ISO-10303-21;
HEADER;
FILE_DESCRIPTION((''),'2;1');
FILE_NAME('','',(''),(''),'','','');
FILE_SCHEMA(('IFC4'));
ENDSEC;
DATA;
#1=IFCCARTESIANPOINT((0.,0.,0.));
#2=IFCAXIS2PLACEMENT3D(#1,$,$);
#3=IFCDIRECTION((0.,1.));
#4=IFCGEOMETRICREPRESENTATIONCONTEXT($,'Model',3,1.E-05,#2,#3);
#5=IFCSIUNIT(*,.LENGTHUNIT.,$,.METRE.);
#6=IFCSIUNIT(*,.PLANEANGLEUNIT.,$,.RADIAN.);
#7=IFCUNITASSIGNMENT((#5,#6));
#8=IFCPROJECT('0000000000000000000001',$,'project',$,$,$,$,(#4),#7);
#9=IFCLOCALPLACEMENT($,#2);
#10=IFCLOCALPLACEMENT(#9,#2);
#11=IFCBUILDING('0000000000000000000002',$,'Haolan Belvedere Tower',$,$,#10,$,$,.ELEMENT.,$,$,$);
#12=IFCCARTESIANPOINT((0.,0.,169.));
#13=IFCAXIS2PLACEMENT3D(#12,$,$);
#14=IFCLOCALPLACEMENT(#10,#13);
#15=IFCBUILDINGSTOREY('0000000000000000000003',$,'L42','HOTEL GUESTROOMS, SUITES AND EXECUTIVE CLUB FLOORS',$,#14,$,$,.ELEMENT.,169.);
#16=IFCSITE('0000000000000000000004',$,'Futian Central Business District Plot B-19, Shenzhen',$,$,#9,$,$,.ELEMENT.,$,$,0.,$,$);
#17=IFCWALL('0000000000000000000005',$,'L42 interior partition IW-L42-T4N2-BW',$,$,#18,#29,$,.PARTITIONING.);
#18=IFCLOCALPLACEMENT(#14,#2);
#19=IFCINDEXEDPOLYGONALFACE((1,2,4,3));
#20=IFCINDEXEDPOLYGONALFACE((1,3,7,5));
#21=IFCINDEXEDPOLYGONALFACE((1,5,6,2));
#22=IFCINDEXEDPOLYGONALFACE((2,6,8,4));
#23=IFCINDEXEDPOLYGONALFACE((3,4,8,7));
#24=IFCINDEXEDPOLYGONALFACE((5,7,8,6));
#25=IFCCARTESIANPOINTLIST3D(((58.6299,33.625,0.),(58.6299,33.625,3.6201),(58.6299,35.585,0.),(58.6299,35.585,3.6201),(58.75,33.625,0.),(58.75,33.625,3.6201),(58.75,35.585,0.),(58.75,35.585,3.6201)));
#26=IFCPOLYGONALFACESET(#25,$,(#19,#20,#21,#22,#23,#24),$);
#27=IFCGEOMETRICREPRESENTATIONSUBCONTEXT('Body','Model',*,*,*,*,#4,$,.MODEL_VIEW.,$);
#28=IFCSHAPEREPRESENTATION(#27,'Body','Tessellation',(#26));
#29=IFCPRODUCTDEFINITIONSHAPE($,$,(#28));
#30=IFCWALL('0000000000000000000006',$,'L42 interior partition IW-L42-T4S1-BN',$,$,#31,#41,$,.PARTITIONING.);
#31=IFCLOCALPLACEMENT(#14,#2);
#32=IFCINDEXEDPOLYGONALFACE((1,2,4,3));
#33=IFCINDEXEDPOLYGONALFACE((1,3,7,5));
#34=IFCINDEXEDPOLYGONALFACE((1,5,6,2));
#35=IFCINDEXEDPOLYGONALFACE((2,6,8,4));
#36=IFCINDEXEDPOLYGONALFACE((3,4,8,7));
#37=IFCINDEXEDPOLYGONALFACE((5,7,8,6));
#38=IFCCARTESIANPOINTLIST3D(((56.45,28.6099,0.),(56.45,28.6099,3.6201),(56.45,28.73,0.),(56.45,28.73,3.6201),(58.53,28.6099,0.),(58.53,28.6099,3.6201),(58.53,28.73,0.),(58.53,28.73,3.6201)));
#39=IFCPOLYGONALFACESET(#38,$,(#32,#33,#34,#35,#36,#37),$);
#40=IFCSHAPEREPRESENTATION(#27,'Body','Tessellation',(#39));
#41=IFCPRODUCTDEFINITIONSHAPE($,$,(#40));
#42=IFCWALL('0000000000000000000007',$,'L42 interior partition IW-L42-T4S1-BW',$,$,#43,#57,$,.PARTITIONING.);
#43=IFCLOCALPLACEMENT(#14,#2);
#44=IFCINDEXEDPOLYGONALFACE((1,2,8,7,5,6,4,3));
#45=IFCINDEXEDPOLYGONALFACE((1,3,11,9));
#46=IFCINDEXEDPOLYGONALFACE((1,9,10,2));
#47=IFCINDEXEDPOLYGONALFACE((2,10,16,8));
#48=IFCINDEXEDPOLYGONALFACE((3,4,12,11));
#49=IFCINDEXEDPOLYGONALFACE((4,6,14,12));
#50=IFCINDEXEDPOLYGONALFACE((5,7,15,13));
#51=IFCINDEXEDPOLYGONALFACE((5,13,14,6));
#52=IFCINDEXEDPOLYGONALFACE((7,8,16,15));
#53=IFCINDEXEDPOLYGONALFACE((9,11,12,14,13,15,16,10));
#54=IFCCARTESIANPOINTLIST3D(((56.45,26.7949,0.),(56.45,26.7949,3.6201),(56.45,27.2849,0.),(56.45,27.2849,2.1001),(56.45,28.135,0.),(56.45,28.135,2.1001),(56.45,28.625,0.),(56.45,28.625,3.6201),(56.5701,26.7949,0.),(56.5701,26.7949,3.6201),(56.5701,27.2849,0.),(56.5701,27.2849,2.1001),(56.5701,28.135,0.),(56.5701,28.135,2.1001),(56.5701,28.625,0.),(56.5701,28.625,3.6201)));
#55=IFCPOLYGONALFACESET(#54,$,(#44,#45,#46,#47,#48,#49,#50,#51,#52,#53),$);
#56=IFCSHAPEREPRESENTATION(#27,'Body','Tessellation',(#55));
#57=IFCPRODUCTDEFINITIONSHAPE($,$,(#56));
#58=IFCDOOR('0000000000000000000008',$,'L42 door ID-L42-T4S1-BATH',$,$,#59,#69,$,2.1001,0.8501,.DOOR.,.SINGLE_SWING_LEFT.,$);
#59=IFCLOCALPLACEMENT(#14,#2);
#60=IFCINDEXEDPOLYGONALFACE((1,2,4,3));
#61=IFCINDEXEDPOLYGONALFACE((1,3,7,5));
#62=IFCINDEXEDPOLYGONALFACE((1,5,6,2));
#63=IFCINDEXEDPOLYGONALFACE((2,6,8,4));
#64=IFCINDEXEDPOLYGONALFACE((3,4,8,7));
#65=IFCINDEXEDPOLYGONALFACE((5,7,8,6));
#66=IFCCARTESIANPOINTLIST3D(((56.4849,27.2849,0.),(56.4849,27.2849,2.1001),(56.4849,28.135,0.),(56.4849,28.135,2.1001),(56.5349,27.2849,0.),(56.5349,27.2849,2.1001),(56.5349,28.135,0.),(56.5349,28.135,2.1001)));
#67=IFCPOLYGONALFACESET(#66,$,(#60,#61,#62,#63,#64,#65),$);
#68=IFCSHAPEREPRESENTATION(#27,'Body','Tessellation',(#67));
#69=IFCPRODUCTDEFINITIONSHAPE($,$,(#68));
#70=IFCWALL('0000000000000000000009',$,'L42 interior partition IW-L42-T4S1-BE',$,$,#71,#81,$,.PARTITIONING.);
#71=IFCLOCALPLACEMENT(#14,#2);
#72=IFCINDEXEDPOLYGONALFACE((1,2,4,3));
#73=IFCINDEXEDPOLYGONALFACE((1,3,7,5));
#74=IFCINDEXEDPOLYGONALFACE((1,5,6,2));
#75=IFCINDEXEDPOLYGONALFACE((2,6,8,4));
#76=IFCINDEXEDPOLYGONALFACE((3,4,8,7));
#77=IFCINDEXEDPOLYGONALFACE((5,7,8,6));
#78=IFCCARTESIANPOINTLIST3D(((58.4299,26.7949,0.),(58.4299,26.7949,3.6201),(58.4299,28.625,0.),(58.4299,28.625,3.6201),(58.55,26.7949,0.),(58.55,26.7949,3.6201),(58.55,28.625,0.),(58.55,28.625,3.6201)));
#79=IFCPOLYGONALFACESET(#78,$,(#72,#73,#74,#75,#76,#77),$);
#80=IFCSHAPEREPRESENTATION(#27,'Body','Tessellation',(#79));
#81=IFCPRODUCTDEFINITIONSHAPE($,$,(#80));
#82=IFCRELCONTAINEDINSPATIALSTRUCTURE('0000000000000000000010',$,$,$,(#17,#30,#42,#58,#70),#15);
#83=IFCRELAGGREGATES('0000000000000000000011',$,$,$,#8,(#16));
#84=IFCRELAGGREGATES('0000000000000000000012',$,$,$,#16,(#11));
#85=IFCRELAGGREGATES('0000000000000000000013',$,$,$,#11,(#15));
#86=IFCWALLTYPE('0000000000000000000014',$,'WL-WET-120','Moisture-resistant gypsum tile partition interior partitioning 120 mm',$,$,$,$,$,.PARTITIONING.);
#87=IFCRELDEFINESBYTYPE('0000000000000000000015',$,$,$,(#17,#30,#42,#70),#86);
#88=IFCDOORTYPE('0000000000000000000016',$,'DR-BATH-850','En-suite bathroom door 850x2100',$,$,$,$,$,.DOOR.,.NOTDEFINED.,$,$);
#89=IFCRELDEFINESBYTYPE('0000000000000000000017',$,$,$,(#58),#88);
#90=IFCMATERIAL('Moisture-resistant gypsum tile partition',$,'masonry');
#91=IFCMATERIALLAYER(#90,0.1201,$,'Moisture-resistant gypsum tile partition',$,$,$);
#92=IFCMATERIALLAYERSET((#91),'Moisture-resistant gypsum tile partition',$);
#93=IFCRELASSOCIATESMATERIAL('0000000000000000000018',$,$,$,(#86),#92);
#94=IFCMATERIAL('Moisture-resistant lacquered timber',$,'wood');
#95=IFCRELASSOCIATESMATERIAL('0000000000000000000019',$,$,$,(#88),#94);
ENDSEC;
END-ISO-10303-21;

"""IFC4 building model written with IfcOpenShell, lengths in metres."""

from ifc_helpers import new_model, si_unit, direction, frame, frame_2d, origin, place, context, subcontext, project, spatial, rectangle, extrude, material, layer, layer_set, type_object, element, fill, save


model = new_model("IFC4")

# Units and contexts
model_context = context("Model", 3, precision=1e-05, world=origin(), true_north=direction((0.0, 1.0)))
body_context = subcontext(model_context, "Body", "Model", "MODEL_VIEW")
ifc_project = project(units=[si_unit("LENGTHUNIT", "METRE"), si_unit("PLANEANGLEUNIT", "RADIAN")], contexts=[model_context])

# Site, building, storey
site_placement = place(None, origin())
site = spatial("IfcSite", under=ifc_project, at=site_placement, Name="Futian Central Business District Plot B-19, Shenzhen", CompositionType="ELEMENT", RefElevation=0.0)
building_placement = place(site_placement, origin())
building = spatial("IfcBuilding", under=site, at=building_placement, Name="Haolan Belvedere Tower", CompositionType="ELEMENT")
storey_placement = place(building_placement, frame((0.0, 0.0, 169.0)))
storey = spatial("IfcBuildingStorey", under=building, at=storey_placement, Name="L42", Description="HOTEL GUESTROOMS, SUITES AND EXECUTIVE CLUB FLOORS", CompositionType="ELEMENT", Elevation=169.0)

# Shared definitions
ifc_material_1 = material(Name="Moisture-resistant gypsum tile partition", Category="masonry")
ifc_layer_1 = layer(ifc_material_1, 0.1201, Name="Moisture-resistant gypsum tile partition")
ifc_layer_set_1 = layer_set([ifc_layer_1], Name="Moisture-resistant gypsum tile partition")
wall_type_1 = type_object("IfcWallType", Name="WL-WET-120", Description="Moisture-resistant gypsum tile partition interior partitioning 120 mm", PredefinedType="PARTITIONING", material=ifc_layer_set_1)

# Shared definitions
ifc_material_2 = material(Name="Moisture-resistant lacquered timber", Category="wood")
door_type_1 = type_object("IfcDoorType", Name="DR-BATH-850", Description="En-suite bathroom door 850x2100", OperationType="NOTDEFINED", PredefinedType="DOOR", material=ifc_material_2)

# Walls
wall_1_placement = place(storey_placement, frame((58.6899, 33.625, 0.0), z_axis=(0.0, 0.0, 1.0), x_axis=(0.0, 1.0, 0.0)))
element("IfcWall", 1, at=wall_1_placement, inside=storey, type_object=wall_type_1, Name="L42 interior partition IW-L42-T4N2-BW", PredefinedType="PARTITIONING", context=body_context, shape_type="SweptSolid", body=[
    extrude(rectangle(XDim=1.96, YDim=0.1201, at=frame_2d((0.98, 0.0))), origin(), (0.0, 0.0, 1.0), 3.6201),
])
wall_2_placement = place(storey_placement, frame((56.45, 28.6699, 0.0), z_axis=(0.0, 0.0, 1.0), x_axis=(1.0, 0.0, 0.0)))
element("IfcWall", 2, at=wall_2_placement, inside=storey, type_object=wall_type_1, Name="L42 interior partition IW-L42-T4S1-BN", PredefinedType="PARTITIONING", context=body_context, shape_type="SweptSolid", body=[
    extrude(rectangle(XDim=2.0801, YDim=0.1201, at=frame_2d((1.04, 0.0))), origin(), (0.0, 0.0, 1.0), 3.6201),
])

# Wall, opening, door
wall_3_placement = place(storey_placement, frame((56.51, 26.7949, 0.0), z_axis=(0.0, 0.0, 1.0), x_axis=(0.0, 1.0, 0.0)))
wall_3 = element("IfcWall", 3, at=wall_3_placement, inside=storey, type_object=wall_type_1, Name="L42 interior partition IW-L42-T4S1-BW", PredefinedType="PARTITIONING", context=body_context, shape_type="SweptSolid", body=[
    extrude(rectangle(XDim=1.8301, YDim=0.1201, at=frame_2d((0.915, 0.0))), origin(), (0.0, 0.0, 1.0), 3.6201),
])
opening_1_placement = place(wall_3_placement, frame((1.3401, 0.0, 0.0), z_axis=(0.0, 0.0, 1.0), x_axis=(-1.0, 0.0, 0.0)))
opening_1 = element("IfcOpeningElement", 4, at=opening_1_placement, cuts=wall_3, PredefinedType="OPENING", context=body_context, shape_type="SweptSolid", body=[
    extrude(rectangle(XDim=0.8501, YDim=2.1001, at=frame_2d((0.425, 1.05))), frame((0.0, 0.0701, 0.0), z_axis=(0.0, -1.0, 0.0), x_axis=(1.0, 0.0, 0.0)), (0.0, 0.0, 1.0), 0.1401),
])
door_1_placement = place(opening_1_placement, origin())
door_1 = element("IfcDoor", 5, at=door_1_placement, inside=storey, type_object=door_type_1, Name="L42 door ID-L42-T4S1-BATH", OperationType="SINGLE_SWING_LEFT", OverallHeight=2.1001, OverallWidth=0.8501, PredefinedType="DOOR", context=body_context, shape_type="SweptSolid", body=[
    extrude(rectangle(XDim=0.8501, YDim=2.1001, at=frame_2d((0.425, 1.05))), frame((0.0, 0.0249, 0.0), z_axis=(0.0, -1.0, 0.0), x_axis=(1.0, 0.0, 0.0)), (0.0, 0.0, 1.0), 0.05),
])
fill(opening_1, door_1)

# Wall
wall_4_placement = place(storey_placement, frame((58.49, 26.7949, 0.0), z_axis=(0.0, 0.0, 1.0), x_axis=(0.0, 1.0, 0.0)))
element("IfcWall", 6, at=wall_4_placement, inside=storey, type_object=wall_type_1, Name="L42 interior partition IW-L42-T4S1-BE", PredefinedType="PARTITIONING", context=body_context, shape_type="SweptSolid", body=[
    extrude(rectangle(XDim=1.8301, YDim=0.1201, at=frame_2d((0.915, 0.0))), origin(), (0.0, 0.0, 1.0), 3.6201),
])

save(model, "model.ifc")
